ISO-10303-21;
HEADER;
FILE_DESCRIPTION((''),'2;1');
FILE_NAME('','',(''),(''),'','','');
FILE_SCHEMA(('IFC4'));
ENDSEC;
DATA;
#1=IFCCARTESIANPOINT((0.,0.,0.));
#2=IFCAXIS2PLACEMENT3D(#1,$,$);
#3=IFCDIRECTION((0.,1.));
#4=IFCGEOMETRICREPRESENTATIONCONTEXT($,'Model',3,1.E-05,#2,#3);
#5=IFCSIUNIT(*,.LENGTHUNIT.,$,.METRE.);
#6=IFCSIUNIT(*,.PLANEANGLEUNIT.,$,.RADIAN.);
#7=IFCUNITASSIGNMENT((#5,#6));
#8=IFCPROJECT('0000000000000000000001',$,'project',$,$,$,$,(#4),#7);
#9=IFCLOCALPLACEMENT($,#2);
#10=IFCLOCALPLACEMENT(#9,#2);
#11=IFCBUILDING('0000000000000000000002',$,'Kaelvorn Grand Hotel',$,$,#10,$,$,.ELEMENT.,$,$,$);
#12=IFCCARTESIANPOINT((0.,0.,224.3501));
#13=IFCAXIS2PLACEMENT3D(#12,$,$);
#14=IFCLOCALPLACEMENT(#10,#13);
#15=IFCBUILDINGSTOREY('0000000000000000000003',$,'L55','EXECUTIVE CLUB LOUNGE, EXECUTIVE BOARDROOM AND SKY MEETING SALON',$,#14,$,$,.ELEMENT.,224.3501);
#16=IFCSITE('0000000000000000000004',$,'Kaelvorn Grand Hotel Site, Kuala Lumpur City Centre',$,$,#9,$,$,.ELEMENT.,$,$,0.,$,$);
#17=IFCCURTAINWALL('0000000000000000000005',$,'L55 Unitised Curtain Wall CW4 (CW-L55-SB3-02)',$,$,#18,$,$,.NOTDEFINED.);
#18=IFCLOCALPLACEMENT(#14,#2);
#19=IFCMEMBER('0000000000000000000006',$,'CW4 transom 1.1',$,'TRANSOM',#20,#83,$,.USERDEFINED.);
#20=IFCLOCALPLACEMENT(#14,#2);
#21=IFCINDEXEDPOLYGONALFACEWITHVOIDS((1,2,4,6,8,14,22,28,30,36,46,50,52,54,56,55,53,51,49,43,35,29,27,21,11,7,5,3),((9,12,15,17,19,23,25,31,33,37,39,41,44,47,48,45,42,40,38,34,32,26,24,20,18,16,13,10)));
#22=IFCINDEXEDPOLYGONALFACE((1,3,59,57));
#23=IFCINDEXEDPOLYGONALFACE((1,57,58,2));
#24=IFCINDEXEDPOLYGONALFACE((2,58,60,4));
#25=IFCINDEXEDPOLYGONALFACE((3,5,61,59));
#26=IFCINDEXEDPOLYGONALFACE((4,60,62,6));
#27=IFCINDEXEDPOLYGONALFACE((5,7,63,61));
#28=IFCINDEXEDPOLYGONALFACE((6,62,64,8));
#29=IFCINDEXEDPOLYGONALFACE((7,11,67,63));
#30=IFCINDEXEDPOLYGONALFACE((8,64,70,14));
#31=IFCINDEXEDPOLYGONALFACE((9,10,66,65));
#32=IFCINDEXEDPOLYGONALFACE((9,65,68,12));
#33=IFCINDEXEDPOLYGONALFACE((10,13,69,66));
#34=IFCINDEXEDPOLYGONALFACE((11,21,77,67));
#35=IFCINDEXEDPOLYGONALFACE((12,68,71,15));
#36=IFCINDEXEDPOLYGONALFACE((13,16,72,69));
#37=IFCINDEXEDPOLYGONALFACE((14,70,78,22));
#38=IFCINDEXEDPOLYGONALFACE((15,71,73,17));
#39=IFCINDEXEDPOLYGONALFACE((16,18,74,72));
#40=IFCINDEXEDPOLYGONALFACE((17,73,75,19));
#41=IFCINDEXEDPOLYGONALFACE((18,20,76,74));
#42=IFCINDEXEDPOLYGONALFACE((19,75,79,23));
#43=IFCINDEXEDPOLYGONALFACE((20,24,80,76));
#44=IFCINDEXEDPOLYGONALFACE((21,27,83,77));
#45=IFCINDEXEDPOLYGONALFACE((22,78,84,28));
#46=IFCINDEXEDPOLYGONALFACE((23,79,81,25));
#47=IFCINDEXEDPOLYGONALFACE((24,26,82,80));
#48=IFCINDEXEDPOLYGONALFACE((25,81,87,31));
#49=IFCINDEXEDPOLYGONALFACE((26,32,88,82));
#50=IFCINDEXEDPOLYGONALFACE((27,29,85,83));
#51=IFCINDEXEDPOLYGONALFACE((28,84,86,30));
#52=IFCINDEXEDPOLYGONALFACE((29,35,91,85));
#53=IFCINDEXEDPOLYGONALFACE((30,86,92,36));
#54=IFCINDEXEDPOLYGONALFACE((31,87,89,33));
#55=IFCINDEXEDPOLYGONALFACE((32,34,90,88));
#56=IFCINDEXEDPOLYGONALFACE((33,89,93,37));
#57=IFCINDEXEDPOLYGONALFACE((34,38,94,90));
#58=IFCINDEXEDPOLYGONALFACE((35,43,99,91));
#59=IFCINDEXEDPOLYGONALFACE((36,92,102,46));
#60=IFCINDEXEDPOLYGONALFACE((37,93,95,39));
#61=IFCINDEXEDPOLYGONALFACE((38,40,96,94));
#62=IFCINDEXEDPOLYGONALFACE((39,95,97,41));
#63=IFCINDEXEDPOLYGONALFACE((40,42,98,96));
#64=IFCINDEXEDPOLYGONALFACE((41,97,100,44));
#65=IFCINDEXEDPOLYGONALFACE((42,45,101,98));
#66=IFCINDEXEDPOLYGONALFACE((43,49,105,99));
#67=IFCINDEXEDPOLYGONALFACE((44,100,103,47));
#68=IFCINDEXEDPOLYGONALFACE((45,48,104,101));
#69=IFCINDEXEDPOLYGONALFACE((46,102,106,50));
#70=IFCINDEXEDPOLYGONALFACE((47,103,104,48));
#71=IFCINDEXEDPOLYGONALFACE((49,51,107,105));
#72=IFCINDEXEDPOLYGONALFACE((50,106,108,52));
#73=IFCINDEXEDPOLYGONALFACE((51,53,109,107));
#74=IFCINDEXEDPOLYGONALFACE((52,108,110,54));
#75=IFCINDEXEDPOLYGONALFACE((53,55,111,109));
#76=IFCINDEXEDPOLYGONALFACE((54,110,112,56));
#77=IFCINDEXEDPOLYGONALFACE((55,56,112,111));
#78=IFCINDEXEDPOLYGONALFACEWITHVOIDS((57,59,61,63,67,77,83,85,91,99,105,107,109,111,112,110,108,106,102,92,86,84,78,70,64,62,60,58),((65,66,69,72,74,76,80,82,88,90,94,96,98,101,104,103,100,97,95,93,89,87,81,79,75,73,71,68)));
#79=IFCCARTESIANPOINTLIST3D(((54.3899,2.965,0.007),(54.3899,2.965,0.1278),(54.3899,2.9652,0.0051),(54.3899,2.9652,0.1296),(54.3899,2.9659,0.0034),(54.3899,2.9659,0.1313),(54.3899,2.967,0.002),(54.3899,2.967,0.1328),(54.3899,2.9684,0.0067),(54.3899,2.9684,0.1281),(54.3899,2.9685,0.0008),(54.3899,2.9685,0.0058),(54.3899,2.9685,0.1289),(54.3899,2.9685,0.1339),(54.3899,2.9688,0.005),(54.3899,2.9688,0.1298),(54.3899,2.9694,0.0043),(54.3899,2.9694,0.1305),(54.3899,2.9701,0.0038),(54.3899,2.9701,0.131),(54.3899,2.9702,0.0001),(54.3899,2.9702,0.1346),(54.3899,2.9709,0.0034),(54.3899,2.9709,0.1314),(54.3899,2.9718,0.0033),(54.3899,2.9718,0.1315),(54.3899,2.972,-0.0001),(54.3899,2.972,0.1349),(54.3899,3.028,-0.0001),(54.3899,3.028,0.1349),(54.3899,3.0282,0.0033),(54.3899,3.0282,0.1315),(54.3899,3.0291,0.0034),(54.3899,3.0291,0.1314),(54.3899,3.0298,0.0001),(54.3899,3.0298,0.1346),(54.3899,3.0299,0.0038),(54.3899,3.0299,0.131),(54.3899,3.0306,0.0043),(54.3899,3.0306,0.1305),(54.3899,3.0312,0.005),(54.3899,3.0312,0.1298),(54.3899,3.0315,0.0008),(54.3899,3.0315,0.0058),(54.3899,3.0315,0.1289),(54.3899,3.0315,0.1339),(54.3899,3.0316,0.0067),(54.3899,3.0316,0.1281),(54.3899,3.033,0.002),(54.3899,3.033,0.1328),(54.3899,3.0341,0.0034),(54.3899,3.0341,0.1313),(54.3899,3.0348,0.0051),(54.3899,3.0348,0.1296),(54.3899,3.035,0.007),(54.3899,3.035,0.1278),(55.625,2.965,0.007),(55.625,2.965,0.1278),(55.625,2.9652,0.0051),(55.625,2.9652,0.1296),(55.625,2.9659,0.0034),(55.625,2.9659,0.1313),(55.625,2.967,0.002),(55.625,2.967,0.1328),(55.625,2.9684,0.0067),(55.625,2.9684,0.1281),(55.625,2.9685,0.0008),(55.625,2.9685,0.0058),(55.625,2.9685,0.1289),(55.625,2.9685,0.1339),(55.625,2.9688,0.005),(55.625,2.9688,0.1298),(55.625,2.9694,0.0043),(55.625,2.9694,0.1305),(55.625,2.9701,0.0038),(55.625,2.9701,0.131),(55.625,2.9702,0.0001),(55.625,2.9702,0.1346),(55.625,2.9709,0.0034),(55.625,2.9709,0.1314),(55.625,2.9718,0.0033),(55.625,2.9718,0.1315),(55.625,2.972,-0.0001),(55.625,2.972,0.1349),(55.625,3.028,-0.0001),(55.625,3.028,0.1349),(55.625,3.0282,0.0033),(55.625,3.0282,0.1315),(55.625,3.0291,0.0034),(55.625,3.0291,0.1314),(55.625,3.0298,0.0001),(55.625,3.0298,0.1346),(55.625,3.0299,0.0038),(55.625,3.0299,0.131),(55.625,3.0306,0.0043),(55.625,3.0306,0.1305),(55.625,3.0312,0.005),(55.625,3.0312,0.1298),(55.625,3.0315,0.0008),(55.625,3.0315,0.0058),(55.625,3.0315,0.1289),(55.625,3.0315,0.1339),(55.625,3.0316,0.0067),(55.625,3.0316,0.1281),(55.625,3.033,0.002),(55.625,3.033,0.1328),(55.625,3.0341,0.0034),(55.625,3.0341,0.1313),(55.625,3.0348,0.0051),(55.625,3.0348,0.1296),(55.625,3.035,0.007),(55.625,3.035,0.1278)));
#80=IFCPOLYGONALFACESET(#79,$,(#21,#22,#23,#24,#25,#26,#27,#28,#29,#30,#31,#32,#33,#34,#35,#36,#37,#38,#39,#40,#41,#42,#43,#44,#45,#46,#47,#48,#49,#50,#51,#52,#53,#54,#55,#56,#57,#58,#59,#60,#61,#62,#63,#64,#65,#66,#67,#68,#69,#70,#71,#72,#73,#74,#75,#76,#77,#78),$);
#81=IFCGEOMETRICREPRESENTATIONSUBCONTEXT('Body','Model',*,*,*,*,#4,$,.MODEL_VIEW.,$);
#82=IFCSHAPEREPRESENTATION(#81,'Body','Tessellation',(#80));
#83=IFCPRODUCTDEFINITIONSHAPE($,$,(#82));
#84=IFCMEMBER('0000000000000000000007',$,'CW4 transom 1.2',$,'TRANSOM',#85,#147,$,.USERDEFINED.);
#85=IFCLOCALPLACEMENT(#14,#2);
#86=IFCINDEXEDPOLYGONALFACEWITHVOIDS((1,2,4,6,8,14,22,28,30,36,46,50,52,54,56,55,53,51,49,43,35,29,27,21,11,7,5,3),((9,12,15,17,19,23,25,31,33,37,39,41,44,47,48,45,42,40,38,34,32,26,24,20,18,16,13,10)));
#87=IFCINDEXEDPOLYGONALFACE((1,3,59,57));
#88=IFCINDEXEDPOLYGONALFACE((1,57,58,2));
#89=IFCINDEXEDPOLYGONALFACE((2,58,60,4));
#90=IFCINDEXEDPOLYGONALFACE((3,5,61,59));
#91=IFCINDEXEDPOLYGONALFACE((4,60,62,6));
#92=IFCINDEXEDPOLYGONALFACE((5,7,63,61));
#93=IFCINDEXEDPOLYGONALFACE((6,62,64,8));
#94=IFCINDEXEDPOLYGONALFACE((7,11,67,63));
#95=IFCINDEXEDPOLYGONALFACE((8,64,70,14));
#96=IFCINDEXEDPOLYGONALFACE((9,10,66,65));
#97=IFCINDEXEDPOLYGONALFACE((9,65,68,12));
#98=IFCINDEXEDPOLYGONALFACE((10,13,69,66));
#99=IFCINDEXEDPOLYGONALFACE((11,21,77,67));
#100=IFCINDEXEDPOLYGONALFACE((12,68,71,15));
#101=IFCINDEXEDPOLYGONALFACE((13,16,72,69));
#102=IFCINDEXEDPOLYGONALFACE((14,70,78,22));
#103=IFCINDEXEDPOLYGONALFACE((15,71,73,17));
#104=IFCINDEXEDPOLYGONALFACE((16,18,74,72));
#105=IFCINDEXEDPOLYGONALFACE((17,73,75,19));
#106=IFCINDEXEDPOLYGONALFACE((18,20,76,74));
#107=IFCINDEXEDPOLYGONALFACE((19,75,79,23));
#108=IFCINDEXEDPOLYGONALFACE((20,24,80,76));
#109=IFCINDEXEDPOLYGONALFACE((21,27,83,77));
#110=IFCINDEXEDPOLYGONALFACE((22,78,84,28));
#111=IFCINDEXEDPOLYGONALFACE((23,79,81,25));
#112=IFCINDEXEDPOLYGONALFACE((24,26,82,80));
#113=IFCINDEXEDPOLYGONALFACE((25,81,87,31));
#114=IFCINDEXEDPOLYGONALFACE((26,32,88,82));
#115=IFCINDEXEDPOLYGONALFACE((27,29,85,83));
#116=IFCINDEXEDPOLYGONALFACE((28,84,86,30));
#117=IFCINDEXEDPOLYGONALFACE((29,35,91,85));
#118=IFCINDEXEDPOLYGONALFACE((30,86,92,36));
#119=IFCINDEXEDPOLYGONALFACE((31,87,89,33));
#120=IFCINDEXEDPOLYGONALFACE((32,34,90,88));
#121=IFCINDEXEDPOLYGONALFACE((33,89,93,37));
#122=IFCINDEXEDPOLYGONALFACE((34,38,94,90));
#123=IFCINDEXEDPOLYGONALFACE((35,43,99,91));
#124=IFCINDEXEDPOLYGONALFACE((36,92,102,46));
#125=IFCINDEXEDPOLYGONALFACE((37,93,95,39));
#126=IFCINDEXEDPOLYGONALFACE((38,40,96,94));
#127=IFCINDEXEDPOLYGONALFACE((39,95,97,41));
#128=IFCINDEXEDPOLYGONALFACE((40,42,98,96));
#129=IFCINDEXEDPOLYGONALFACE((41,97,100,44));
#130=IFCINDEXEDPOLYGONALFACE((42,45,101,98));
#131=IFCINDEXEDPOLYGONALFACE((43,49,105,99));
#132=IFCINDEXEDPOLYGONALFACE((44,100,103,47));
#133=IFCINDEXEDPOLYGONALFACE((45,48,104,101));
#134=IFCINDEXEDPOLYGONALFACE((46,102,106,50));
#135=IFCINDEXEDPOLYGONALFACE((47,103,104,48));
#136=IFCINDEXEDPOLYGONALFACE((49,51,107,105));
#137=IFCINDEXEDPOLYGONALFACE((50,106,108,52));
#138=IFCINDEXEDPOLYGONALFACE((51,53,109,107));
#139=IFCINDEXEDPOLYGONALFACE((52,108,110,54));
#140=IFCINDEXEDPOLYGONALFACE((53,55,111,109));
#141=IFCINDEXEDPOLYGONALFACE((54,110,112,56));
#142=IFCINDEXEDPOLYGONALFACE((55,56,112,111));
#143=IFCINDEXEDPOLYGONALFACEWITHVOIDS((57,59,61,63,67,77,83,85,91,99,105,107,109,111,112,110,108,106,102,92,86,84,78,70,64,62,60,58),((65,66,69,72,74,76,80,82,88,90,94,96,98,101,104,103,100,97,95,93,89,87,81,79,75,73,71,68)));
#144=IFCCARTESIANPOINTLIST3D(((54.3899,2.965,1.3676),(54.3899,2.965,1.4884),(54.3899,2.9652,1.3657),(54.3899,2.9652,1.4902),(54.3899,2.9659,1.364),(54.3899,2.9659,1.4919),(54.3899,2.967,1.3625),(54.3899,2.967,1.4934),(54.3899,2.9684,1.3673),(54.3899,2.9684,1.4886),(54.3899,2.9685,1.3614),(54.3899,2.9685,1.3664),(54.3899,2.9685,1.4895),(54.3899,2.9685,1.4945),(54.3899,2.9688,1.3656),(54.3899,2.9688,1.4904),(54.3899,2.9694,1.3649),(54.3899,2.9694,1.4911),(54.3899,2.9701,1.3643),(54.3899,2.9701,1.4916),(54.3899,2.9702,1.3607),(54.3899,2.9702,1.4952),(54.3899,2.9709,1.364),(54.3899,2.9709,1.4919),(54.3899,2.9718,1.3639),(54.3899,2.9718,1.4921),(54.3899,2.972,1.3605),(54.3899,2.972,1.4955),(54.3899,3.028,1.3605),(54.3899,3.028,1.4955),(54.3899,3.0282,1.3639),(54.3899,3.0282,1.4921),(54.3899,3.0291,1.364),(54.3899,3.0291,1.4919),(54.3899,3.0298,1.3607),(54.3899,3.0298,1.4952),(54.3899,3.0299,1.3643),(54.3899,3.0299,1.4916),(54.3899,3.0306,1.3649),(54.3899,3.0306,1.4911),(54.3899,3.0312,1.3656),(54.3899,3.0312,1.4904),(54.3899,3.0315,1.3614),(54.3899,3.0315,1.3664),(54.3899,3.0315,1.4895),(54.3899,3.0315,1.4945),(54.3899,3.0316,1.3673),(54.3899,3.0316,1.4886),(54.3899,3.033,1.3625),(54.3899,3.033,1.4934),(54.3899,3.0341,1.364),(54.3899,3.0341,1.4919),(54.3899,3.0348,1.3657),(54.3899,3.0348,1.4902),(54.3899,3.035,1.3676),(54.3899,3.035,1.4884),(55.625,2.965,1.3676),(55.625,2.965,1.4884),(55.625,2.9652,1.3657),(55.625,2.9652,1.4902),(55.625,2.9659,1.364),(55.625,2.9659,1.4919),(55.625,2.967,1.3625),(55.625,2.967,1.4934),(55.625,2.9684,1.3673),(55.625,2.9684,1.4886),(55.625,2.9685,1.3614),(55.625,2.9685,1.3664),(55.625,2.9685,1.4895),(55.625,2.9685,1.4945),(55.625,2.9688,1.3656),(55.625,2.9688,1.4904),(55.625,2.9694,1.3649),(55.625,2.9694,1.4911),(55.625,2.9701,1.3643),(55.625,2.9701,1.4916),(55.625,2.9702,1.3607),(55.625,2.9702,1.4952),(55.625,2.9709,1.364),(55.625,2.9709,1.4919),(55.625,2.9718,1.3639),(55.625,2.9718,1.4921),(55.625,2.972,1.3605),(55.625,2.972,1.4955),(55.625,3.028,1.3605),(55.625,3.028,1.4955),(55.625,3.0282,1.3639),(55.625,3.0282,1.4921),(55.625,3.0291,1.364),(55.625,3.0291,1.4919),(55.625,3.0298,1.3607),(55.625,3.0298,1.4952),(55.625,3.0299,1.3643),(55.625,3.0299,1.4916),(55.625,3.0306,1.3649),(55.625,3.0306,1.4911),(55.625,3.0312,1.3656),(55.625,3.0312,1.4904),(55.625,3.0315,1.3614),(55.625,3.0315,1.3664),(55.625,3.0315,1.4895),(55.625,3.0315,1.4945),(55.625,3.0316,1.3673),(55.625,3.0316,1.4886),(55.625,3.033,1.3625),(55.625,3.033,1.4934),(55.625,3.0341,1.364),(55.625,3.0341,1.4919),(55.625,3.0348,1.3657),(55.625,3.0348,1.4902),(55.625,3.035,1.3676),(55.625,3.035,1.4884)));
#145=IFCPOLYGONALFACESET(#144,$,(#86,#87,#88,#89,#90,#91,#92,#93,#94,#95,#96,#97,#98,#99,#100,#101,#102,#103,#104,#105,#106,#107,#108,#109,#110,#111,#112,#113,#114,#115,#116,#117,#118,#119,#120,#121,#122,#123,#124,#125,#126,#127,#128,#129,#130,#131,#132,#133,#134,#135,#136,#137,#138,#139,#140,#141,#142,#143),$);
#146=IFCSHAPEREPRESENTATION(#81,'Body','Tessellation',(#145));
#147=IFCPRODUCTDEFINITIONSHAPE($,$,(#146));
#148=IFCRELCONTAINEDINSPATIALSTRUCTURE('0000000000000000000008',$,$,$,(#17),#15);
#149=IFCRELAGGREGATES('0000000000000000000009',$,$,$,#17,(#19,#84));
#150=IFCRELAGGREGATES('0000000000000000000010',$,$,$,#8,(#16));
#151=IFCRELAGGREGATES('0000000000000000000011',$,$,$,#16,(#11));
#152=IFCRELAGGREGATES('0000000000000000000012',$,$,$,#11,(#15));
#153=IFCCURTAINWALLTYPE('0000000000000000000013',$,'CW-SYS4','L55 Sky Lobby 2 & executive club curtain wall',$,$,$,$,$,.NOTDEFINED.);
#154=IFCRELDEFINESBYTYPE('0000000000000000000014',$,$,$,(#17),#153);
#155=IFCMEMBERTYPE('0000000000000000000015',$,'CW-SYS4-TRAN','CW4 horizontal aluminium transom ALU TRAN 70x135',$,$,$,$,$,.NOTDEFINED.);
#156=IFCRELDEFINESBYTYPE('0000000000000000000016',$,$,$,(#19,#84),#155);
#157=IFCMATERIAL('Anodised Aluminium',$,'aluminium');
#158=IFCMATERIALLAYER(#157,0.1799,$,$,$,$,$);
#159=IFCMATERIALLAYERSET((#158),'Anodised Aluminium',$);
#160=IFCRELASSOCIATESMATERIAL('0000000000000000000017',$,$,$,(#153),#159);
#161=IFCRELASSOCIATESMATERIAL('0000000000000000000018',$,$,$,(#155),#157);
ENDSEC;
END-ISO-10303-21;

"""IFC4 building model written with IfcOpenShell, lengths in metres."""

from ifc_helpers import new_model, si_unit, direction, frame, origin, origin_2d, place, context, subcontext, project, spatial, hollow_rectangle, extrude, material, layer, layer_set, material_profile, profile_set, type_object, element, aggregate, save


model = new_model("IFC4")

# Units and contexts
model_context = context("Model", 3, precision=1e-05, world=origin(), true_north=direction((0.0, 1.0)))
body_context = subcontext(model_context, "Body", "Model", "MODEL_VIEW")
ifc_project = project(units=[si_unit("LENGTHUNIT", "METRE"), si_unit("PLANEANGLEUNIT", "RADIAN")], contexts=[model_context])

# Site, building, storey
site_placement = place(None, origin())
site = spatial("IfcSite", under=ifc_project, at=site_placement, Name="Kaelvorn Grand Hotel Site, Kuala Lumpur City Centre", CompositionType="ELEMENT", RefElevation=0.0)
building_placement = place(site_placement, origin())
building = spatial("IfcBuilding", under=site, at=building_placement, Name="Kaelvorn Grand Hotel", CompositionType="ELEMENT")
storey_placement = place(building_placement, frame((0.0, 0.0, 224.3501)))
storey = spatial("IfcBuildingStorey", under=building, at=storey_placement, Name="L55", Description="EXECUTIVE CLUB LOUNGE, EXECUTIVE BOARDROOM AND SKY MEETING SALON", CompositionType="ELEMENT", Elevation=224.3501)

# Curtain wall, members
ifc_material_1 = material(Name="Anodised Aluminium", Category="aluminium")
ifc_layer_1 = layer(ifc_material_1, 0.1799)
ifc_layer_set_1 = layer_set([ifc_layer_1], Name="Anodised Aluminium")
curtain_wall_type = type_object("IfcCurtainWallType", Name="CW-SYS4", Description="L55 Sky Lobby 2 & executive club curtain wall", PredefinedType="NOTDEFINED", material=ifc_layer_set_1)
curtain_wall_placement = place(storey_placement, origin())
curtain_wall = element("IfcCurtainWall", 1, at=curtain_wall_placement, inside=storey, type_object=curtain_wall_type, Name="L55 Unitised Curtain Wall CW4 (CW-L55-SB3-02)", PredefinedType="NOTDEFINED")
ifc_material_profile_1 = material_profile(ifc_material_1, hollow_rectangle(XDim=0.0701, YDim=0.135, WallThickness=0.0034, InnerFilletRadius=0.0034, OuterFilletRadius=0.0071, at=origin_2d()), Name="ALU TRAN 70x135")
ifc_profile_set_1 = profile_set([ifc_material_profile_1], Name="Anodised Aluminium")
member_type_1 = type_object("IfcMemberType", Name="CW-SYS4-TRAN", Description="CW4 horizontal aluminium transom ALU TRAN 70x135", PredefinedType="NOTDEFINED", material=ifc_profile_set_1)
member_1_placement = place(storey_placement, frame((54.3899, 3.0, 0.0674), z_axis=(1.0, 0.0, 0.0), x_axis=(0.0, 1.0, 0.0)))
member_1 = element("IfcMember", 2, at=member_1_placement, type_object=member_type_1, Name="CW4 transom 1.1", ObjectType="TRANSOM", PredefinedType="USERDEFINED", context=body_context, shape_type="SweptSolid", body=[
    extrude(hollow_rectangle(XDim=0.0701, YDim=0.135, WallThickness=0.0034, InnerFilletRadius=0.0034, OuterFilletRadius=0.0071, at=origin_2d()), origin(), (0.0, 0.0, 1.0), 1.2351),
])
member_2_placement = place(storey_placement, frame((54.3899, 3.0, 1.428), z_axis=(1.0, 0.0, 0.0), x_axis=(0.0, 1.0, 0.0)))
member_2 = element("IfcMember", 3, at=member_2_placement, type_object=member_type_1, Name="CW4 transom 1.2", ObjectType="TRANSOM", PredefinedType="USERDEFINED", context=body_context, shape_type="SweptSolid", body=[
    extrude(hollow_rectangle(XDim=0.0701, YDim=0.135, WallThickness=0.0034, InnerFilletRadius=0.0034, OuterFilletRadius=0.0071, at=origin_2d()), origin(), (0.0, 0.0, 1.0), 1.2351),
])
aggregate(curtain_wall, [member_1, member_2])

save(model, "model.ifc")
